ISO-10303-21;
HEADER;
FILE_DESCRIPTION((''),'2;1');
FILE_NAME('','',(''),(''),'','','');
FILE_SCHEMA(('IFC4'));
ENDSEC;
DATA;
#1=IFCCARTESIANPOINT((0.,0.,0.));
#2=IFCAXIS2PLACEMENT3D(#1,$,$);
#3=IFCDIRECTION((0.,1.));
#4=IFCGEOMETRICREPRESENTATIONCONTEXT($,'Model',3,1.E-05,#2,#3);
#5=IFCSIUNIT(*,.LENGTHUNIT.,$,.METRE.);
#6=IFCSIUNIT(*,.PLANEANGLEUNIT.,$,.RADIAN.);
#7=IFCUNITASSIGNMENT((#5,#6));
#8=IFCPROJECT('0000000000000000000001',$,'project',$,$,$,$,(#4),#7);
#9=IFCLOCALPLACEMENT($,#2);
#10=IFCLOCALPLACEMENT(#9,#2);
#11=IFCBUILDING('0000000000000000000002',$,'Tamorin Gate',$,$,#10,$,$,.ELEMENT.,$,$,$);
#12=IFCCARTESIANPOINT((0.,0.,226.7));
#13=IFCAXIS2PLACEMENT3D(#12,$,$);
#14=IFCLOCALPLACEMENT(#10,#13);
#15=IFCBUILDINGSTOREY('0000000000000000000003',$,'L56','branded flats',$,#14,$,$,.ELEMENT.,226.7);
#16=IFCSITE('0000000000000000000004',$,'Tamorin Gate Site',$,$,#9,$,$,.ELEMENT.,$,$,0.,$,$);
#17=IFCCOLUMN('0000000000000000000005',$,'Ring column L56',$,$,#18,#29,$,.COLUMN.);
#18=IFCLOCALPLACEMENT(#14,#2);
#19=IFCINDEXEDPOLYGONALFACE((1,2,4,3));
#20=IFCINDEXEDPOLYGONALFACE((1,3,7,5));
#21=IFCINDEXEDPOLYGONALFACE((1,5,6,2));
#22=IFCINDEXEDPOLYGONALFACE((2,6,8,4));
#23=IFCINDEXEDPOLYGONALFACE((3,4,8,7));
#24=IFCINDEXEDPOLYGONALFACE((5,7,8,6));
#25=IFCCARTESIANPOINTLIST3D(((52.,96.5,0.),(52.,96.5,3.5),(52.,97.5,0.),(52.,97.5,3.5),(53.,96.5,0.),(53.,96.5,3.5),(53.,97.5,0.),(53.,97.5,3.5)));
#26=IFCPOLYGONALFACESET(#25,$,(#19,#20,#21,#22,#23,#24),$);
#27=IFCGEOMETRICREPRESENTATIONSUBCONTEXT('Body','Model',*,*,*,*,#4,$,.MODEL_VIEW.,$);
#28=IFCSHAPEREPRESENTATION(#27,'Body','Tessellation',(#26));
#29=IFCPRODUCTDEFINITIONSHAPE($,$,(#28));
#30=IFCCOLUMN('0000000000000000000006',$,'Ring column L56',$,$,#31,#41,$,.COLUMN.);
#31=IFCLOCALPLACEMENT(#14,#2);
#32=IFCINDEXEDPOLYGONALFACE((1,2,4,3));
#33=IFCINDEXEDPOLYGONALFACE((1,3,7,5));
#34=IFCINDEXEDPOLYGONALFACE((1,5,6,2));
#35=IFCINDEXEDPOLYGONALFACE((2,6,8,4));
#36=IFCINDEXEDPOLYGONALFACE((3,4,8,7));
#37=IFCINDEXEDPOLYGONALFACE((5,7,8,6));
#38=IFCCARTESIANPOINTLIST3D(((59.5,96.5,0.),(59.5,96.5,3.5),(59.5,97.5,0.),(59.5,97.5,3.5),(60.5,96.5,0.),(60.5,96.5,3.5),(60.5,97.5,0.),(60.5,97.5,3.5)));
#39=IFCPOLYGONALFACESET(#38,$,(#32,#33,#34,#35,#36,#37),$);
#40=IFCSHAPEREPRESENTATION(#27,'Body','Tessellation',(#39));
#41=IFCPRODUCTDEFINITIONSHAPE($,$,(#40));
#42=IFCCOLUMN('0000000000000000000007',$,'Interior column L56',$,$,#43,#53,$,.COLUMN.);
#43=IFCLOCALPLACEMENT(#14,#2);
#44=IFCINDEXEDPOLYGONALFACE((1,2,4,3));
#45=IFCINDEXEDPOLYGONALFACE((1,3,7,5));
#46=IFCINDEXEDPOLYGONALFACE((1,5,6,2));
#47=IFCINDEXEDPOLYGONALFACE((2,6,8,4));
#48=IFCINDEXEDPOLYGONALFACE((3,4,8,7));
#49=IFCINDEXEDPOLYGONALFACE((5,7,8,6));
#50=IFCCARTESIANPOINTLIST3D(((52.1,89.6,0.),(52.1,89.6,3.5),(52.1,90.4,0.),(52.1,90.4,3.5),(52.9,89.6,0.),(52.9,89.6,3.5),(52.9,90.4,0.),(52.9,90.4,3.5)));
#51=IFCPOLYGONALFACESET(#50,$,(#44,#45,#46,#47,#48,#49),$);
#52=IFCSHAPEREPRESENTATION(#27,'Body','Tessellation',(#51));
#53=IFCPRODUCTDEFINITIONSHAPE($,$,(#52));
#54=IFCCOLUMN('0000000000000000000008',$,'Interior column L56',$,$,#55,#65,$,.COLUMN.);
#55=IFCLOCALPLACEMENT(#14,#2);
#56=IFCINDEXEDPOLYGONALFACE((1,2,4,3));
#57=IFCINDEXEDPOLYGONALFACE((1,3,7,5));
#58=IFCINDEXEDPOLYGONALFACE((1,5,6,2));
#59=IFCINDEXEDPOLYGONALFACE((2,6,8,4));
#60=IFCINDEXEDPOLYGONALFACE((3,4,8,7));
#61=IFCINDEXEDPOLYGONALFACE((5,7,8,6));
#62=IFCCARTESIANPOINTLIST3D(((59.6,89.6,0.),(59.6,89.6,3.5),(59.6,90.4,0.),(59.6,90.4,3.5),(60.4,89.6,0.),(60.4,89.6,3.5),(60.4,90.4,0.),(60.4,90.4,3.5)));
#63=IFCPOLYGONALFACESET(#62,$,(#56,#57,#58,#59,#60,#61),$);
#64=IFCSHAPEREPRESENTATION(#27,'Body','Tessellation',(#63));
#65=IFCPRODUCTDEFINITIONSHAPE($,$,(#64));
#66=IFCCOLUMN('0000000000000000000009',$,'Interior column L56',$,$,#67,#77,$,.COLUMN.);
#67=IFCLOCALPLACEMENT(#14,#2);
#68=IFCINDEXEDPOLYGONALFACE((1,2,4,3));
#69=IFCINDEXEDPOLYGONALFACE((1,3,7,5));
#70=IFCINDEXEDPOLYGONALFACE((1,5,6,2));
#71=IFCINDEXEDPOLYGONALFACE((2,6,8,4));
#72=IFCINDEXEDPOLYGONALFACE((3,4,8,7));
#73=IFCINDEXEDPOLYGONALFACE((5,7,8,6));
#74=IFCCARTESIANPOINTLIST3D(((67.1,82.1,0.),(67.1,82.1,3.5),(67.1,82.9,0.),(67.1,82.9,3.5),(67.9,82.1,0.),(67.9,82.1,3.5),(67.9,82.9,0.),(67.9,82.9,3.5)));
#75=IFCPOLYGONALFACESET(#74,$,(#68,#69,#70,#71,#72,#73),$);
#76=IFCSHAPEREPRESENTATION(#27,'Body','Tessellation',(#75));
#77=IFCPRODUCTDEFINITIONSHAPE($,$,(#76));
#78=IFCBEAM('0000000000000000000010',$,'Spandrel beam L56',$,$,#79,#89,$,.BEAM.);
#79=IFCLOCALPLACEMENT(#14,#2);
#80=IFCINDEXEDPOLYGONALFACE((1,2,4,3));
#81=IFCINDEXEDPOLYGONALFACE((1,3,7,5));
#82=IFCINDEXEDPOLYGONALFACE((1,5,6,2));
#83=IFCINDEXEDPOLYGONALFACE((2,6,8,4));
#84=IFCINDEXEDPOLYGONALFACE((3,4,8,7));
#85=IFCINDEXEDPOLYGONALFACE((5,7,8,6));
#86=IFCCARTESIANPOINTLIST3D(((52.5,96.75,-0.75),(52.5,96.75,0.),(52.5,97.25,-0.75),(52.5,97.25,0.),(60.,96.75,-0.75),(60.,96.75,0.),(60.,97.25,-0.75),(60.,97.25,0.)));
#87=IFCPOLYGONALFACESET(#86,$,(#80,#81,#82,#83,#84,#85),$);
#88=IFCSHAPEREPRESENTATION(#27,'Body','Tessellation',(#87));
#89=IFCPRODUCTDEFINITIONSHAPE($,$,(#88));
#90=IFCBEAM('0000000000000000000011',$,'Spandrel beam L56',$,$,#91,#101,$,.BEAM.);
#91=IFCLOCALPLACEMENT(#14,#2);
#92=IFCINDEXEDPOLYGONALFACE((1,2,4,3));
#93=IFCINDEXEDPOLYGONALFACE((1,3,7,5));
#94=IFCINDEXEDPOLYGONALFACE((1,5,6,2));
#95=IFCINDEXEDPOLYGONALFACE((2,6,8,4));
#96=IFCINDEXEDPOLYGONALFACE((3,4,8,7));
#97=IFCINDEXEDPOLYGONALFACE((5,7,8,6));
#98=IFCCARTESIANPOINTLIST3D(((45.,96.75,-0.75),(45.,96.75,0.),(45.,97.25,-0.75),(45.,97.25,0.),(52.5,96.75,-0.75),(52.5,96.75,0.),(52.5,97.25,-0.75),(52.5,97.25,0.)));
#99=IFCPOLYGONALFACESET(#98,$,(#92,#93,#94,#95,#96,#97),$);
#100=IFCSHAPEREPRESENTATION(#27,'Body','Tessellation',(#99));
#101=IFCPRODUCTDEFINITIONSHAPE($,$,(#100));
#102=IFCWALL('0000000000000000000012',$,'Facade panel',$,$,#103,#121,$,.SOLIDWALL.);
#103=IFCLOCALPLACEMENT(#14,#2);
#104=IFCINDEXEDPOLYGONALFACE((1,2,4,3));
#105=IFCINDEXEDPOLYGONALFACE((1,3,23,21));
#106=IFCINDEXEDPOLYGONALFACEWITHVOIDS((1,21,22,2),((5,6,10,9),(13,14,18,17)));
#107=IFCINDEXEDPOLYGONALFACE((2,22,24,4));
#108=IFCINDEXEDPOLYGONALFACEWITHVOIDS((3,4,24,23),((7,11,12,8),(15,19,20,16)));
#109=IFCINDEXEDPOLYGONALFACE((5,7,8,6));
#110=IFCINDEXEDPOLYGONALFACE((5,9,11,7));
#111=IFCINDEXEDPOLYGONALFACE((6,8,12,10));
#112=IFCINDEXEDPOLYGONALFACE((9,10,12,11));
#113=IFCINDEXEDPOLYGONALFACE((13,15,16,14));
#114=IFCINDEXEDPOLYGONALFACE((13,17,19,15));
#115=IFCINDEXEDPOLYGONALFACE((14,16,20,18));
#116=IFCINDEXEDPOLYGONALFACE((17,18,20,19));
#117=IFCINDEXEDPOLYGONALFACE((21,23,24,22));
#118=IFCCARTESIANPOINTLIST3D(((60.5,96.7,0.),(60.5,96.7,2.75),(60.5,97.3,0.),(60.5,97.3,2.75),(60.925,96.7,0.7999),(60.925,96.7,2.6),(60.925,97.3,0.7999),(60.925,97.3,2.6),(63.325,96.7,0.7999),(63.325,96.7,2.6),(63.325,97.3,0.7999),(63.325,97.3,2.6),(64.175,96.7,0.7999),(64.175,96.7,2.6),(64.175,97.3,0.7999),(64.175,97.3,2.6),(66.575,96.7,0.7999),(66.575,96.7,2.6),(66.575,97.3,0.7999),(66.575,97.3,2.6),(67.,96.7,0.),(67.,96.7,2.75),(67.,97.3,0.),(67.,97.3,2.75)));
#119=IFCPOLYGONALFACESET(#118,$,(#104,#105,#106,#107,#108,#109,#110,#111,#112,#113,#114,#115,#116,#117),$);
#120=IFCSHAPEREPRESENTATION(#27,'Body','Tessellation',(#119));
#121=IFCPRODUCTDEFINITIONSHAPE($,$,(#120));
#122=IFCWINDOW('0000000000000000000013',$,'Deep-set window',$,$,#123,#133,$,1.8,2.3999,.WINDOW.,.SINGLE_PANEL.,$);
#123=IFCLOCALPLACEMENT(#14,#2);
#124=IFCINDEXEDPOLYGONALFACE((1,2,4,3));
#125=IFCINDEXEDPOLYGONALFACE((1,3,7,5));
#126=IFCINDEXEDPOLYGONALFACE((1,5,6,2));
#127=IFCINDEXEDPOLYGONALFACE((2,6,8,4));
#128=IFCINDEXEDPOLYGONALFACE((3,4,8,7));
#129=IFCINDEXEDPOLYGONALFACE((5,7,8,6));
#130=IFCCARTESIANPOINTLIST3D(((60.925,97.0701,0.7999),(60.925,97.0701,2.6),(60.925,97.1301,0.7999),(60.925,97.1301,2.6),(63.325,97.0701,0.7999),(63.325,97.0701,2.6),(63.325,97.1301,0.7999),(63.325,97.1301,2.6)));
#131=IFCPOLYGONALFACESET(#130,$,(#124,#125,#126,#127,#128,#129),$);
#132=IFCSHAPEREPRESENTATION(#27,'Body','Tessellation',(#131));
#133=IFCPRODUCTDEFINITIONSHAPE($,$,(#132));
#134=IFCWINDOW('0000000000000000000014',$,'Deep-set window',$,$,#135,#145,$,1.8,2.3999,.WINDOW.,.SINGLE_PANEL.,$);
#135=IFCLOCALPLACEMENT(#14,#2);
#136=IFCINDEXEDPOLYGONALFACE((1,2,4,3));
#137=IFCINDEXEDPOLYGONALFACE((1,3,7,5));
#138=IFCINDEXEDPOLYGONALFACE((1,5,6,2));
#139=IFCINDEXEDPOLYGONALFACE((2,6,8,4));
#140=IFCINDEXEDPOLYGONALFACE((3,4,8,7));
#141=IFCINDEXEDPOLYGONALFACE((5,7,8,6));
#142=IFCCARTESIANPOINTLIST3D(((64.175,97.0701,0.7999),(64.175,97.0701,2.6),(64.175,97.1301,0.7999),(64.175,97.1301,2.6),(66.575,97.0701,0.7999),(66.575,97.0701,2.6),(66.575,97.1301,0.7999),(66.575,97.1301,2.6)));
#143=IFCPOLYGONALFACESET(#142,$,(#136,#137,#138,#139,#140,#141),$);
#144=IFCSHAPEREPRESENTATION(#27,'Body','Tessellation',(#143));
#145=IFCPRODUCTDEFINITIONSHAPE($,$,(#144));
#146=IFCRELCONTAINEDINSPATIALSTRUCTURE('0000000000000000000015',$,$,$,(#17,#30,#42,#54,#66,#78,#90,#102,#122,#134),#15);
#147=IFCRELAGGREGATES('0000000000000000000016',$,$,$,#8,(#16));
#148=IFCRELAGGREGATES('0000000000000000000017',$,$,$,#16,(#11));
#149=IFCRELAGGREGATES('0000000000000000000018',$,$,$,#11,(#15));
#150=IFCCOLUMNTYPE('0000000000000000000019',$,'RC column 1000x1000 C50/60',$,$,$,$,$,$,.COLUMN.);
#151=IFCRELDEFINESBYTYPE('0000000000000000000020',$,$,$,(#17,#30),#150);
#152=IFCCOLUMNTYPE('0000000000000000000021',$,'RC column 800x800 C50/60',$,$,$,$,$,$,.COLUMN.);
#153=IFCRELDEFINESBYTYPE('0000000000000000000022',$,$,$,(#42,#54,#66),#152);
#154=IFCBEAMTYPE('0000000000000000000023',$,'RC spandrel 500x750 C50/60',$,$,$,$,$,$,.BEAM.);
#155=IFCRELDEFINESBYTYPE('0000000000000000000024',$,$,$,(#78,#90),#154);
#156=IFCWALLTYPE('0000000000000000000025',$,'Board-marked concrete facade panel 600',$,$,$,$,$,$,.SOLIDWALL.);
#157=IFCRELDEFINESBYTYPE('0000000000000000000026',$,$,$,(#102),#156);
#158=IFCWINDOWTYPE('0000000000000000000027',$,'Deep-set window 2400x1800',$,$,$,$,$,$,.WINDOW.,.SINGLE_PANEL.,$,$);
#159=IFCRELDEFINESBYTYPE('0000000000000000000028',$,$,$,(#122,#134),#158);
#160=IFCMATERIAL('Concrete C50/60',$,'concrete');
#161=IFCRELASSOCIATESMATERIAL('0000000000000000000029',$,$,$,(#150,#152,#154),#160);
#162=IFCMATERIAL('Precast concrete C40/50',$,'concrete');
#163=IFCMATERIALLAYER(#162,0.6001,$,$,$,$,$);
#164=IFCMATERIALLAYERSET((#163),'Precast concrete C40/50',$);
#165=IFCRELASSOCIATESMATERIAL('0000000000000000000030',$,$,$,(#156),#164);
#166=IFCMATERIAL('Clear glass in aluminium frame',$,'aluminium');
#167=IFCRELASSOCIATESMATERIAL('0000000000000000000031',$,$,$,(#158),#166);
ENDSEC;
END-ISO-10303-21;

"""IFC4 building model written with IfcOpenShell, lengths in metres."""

from ifc_helpers import new_model, si_unit, direction, frame, frame_2d, origin, origin_2d, place, context, subcontext, project, spatial, rectangle, extrude, material, layer, layer_set, material_profile, profile_set, type_object, element, fill, save


model = new_model("IFC4")

# Units and contexts
model_context = context("Model", 3, precision=1e-05, world=origin(), true_north=direction((0.0, 1.0)))
body_context = subcontext(model_context, "Body", "Model", "MODEL_VIEW")
ifc_project = project(units=[si_unit("LENGTHUNIT", "METRE"), si_unit("PLANEANGLEUNIT", "RADIAN")], contexts=[model_context])

# Site, building, storey
site_placement = place(None, origin())
site = spatial("IfcSite", under=ifc_project, at=site_placement, Name="Tamorin Gate Site", CompositionType="ELEMENT", RefElevation=0.0)
building_placement = place(site_placement, origin())
building = spatial("IfcBuilding", under=site, at=building_placement, Name="Tamorin Gate", CompositionType="ELEMENT")
storey_placement = place(building_placement, frame((0.0, 0.0, 226.7)))
storey = spatial("IfcBuildingStorey", under=building, at=storey_placement, Name="L56", Description="branded flats", CompositionType="ELEMENT", Elevation=226.7)

# Columns
ifc_material_1 = material(Name="Concrete C50/60", Category="concrete")
ifc_material_profile_1 = material_profile(ifc_material_1, rectangle(XDim=1.0, YDim=1.0, at=origin_2d()), Name="RC 1000x1000")
ifc_profile_set_1 = profile_set([ifc_material_profile_1], Name="Concrete C50/60")
column_type_1 = type_object("IfcColumnType", Name="RC column 1000x1000 C50/60", PredefinedType="COLUMN", material=ifc_profile_set_1)
for number, where, z_axis, x_axis, name in (
    (1, (52.5, 97.0, 0.0), (0.0, 0.0, 1.0), (1.0, 0.0, 0.0), "Ring column L56"),
    (2, (60.0, 97.0, 0.0), (0.0, 0.0, 1.0), (1.0, 0.0, 0.0), "Ring column L56"),
):
    element("IfcColumn", number, at=place(storey_placement, frame(where, z_axis=z_axis, x_axis=x_axis)), inside=storey, type_object=column_type_1, Name=name, PredefinedType="COLUMN", context=body_context, shape_type="SweptSolid", body=[
        extrude(rectangle(XDim=1.0, YDim=1.0, at=origin_2d()), origin(), (0.0, 0.0, 1.0), 3.5),
    ])
ifc_material_profile_2 = material_profile(ifc_material_1, rectangle(XDim=0.8, YDim=0.8, at=origin_2d()), Name="RC 800x800")
ifc_profile_set_2 = profile_set([ifc_material_profile_2], Name="Concrete C50/60")
column_type_2 = type_object("IfcColumnType", Name="RC column 800x800 C50/60", PredefinedType="COLUMN", material=ifc_profile_set_2)
for number, where, z_axis, x_axis, name in (
    (3, (52.5, 90.0, 0.0), (0.0, 0.0, 1.0), (1.0, 0.0, 0.0), "Interior column L56"),
    (4, (60.0, 90.0, 0.0), (0.0, 0.0, 1.0), (1.0, 0.0, 0.0), "Interior column L56"),
    (5, (67.5, 82.5, 0.0), (0.0, 0.0, 1.0), (1.0, 0.0, 0.0), "Interior column L56"),
):
    element("IfcColumn", number, at=place(storey_placement, frame(where, z_axis=z_axis, x_axis=x_axis)), inside=storey, type_object=column_type_2, Name=name, PredefinedType="COLUMN", context=body_context, shape_type="SweptSolid", body=[
        extrude(rectangle(XDim=0.8, YDim=0.8, at=origin_2d()), origin(), (0.0, 0.0, 1.0), 3.5),
    ])

# Beams
ifc_material_profile_3 = material_profile(ifc_material_1, rectangle(XDim=0.5, YDim=0.75, at=origin_2d()), Name="RC 500x750")
ifc_profile_set_3 = profile_set([ifc_material_profile_3], Name="Concrete C50/60")
beam_type = type_object("IfcBeamType", Name="RC spandrel 500x750 C50/60", PredefinedType="BEAM", material=ifc_profile_set_3)
for number, where, z_axis, x_axis, name in (
    (6, (60.0, 97.0, -0.375), (-1.0, 0.0, 0.0), (0.0, -1.0, 0.0), "Spandrel beam L56"),
    (7, (52.5, 97.0, -0.375), (-1.0, 0.0, 0.0), (0.0, -1.0, 0.0), "Spandrel beam L56"),
):
    element("IfcBeam", number, at=place(storey_placement, frame(where, z_axis=z_axis, x_axis=x_axis)), inside=storey, type_object=beam_type, Name=name, PredefinedType="BEAM", context=body_context, shape_type="SweptSolid", body=[
        extrude(rectangle(XDim=0.5, YDim=0.75, at=origin_2d()), origin(), (0.0, 0.0, 1.0), 7.5),
    ])

# Wall, openings, windows
ifc_material_2 = material(Name="Precast concrete C40/50", Category="concrete")
ifc_layer_1 = layer(ifc_material_2, 0.6001)
ifc_layer_set_1 = layer_set([ifc_layer_1], Name="Precast concrete C40/50")
wall_type_1 = type_object("IfcWallType", Name="Board-marked concrete facade panel 600", PredefinedType="SOLIDWALL", material=ifc_layer_set_1)
wall_1_placement = place(storey_placement, frame((67.0, 97.0, 0.0), z_axis=(0.0, 0.0, 1.0), x_axis=(-1.0, 0.0, 0.0)))
wall_1 = element("IfcWall", 8, at=wall_1_placement, inside=storey, type_object=wall_type_1, Name="Facade panel", PredefinedType="SOLIDWALL", context=body_context, shape_type="SweptSolid", body=[
    extrude(rectangle(XDim=6.5, YDim=0.6001, at=frame_2d((3.25, 0.0))), origin(), (0.0, 0.0, 1.0), 2.75),
])
opening_1_placement = place(wall_1_placement, frame((3.675, 0.0, 0.8)))
opening_1 = element("IfcOpeningElement", 9, at=opening_1_placement, cuts=wall_1, PredefinedType="OPENING", context=body_context, shape_type="SweptSolid", body=[
    extrude(rectangle(XDim=2.3999, YDim=1.8, at=frame_2d((1.2, 0.8999))), frame((0.0, 0.3101, 0.0), z_axis=(0.0, -1.0, 0.0), x_axis=(1.0, 0.0, 0.0)), (0.0, 0.0, 1.0), 0.6201),
])
opening_2_placement = place(wall_1_placement, frame((0.425, 0.0, 0.8)))
opening_2 = element("IfcOpeningElement", 10, at=opening_2_placement, cuts=wall_1, PredefinedType="OPENING", context=body_context, shape_type="SweptSolid", body=[
    extrude(rectangle(XDim=2.3999, YDim=1.8, at=frame_2d((1.2, 0.8999))), frame((0.0, 0.3101, 0.0), z_axis=(0.0, -1.0, 0.0), x_axis=(1.0, 0.0, 0.0)), (0.0, 0.0, 1.0), 0.6201),
])
ifc_material_3 = material(Name="Clear glass in aluminium frame", Category="aluminium")
window_type = type_object("IfcWindowType", Name="Deep-set window 2400x1800", PartitioningType="SINGLE_PANEL", PredefinedType="WINDOW", material=ifc_material_3)
window_1_placement = place(opening_1_placement, origin())
window_1 = element("IfcWindow", 11, at=window_1_placement, inside=storey, type_object=window_type, Name="Deep-set window", OverallHeight=1.8, OverallWidth=2.3999, PartitioningType="SINGLE_PANEL", PredefinedType="WINDOW", context=body_context, shape_type="SweptSolid", body=[
    extrude(rectangle(XDim=2.3999, YDim=1.8, at=frame_2d((1.2, 0.8999))), frame((0.0, -0.0701, 0.0), z_axis=(0.0, -1.0, 0.0), x_axis=(1.0, 0.0, 0.0)), (0.0, 0.0, 1.0), 0.0601),
])
fill(opening_1, window_1)
window_2_placement = place(opening_2_placement, origin())
window_2 = element("IfcWindow", 12, at=window_2_placement, inside=storey, type_object=window_type, Name="Deep-set window", OverallHeight=1.8, OverallWidth=2.3999, PartitioningType="SINGLE_PANEL", PredefinedType="WINDOW", context=body_context, shape_type="SweptSolid", body=[
    extrude(rectangle(XDim=2.3999, YDim=1.8, at=frame_2d((1.2, 0.8999))), frame((0.0, -0.0701, 0.0), z_axis=(0.0, -1.0, 0.0), x_axis=(1.0, 0.0, 0.0)), (0.0, 0.0, 1.0), 0.0601),
])
fill(opening_2, window_2)

save(model, "model.ifc")
